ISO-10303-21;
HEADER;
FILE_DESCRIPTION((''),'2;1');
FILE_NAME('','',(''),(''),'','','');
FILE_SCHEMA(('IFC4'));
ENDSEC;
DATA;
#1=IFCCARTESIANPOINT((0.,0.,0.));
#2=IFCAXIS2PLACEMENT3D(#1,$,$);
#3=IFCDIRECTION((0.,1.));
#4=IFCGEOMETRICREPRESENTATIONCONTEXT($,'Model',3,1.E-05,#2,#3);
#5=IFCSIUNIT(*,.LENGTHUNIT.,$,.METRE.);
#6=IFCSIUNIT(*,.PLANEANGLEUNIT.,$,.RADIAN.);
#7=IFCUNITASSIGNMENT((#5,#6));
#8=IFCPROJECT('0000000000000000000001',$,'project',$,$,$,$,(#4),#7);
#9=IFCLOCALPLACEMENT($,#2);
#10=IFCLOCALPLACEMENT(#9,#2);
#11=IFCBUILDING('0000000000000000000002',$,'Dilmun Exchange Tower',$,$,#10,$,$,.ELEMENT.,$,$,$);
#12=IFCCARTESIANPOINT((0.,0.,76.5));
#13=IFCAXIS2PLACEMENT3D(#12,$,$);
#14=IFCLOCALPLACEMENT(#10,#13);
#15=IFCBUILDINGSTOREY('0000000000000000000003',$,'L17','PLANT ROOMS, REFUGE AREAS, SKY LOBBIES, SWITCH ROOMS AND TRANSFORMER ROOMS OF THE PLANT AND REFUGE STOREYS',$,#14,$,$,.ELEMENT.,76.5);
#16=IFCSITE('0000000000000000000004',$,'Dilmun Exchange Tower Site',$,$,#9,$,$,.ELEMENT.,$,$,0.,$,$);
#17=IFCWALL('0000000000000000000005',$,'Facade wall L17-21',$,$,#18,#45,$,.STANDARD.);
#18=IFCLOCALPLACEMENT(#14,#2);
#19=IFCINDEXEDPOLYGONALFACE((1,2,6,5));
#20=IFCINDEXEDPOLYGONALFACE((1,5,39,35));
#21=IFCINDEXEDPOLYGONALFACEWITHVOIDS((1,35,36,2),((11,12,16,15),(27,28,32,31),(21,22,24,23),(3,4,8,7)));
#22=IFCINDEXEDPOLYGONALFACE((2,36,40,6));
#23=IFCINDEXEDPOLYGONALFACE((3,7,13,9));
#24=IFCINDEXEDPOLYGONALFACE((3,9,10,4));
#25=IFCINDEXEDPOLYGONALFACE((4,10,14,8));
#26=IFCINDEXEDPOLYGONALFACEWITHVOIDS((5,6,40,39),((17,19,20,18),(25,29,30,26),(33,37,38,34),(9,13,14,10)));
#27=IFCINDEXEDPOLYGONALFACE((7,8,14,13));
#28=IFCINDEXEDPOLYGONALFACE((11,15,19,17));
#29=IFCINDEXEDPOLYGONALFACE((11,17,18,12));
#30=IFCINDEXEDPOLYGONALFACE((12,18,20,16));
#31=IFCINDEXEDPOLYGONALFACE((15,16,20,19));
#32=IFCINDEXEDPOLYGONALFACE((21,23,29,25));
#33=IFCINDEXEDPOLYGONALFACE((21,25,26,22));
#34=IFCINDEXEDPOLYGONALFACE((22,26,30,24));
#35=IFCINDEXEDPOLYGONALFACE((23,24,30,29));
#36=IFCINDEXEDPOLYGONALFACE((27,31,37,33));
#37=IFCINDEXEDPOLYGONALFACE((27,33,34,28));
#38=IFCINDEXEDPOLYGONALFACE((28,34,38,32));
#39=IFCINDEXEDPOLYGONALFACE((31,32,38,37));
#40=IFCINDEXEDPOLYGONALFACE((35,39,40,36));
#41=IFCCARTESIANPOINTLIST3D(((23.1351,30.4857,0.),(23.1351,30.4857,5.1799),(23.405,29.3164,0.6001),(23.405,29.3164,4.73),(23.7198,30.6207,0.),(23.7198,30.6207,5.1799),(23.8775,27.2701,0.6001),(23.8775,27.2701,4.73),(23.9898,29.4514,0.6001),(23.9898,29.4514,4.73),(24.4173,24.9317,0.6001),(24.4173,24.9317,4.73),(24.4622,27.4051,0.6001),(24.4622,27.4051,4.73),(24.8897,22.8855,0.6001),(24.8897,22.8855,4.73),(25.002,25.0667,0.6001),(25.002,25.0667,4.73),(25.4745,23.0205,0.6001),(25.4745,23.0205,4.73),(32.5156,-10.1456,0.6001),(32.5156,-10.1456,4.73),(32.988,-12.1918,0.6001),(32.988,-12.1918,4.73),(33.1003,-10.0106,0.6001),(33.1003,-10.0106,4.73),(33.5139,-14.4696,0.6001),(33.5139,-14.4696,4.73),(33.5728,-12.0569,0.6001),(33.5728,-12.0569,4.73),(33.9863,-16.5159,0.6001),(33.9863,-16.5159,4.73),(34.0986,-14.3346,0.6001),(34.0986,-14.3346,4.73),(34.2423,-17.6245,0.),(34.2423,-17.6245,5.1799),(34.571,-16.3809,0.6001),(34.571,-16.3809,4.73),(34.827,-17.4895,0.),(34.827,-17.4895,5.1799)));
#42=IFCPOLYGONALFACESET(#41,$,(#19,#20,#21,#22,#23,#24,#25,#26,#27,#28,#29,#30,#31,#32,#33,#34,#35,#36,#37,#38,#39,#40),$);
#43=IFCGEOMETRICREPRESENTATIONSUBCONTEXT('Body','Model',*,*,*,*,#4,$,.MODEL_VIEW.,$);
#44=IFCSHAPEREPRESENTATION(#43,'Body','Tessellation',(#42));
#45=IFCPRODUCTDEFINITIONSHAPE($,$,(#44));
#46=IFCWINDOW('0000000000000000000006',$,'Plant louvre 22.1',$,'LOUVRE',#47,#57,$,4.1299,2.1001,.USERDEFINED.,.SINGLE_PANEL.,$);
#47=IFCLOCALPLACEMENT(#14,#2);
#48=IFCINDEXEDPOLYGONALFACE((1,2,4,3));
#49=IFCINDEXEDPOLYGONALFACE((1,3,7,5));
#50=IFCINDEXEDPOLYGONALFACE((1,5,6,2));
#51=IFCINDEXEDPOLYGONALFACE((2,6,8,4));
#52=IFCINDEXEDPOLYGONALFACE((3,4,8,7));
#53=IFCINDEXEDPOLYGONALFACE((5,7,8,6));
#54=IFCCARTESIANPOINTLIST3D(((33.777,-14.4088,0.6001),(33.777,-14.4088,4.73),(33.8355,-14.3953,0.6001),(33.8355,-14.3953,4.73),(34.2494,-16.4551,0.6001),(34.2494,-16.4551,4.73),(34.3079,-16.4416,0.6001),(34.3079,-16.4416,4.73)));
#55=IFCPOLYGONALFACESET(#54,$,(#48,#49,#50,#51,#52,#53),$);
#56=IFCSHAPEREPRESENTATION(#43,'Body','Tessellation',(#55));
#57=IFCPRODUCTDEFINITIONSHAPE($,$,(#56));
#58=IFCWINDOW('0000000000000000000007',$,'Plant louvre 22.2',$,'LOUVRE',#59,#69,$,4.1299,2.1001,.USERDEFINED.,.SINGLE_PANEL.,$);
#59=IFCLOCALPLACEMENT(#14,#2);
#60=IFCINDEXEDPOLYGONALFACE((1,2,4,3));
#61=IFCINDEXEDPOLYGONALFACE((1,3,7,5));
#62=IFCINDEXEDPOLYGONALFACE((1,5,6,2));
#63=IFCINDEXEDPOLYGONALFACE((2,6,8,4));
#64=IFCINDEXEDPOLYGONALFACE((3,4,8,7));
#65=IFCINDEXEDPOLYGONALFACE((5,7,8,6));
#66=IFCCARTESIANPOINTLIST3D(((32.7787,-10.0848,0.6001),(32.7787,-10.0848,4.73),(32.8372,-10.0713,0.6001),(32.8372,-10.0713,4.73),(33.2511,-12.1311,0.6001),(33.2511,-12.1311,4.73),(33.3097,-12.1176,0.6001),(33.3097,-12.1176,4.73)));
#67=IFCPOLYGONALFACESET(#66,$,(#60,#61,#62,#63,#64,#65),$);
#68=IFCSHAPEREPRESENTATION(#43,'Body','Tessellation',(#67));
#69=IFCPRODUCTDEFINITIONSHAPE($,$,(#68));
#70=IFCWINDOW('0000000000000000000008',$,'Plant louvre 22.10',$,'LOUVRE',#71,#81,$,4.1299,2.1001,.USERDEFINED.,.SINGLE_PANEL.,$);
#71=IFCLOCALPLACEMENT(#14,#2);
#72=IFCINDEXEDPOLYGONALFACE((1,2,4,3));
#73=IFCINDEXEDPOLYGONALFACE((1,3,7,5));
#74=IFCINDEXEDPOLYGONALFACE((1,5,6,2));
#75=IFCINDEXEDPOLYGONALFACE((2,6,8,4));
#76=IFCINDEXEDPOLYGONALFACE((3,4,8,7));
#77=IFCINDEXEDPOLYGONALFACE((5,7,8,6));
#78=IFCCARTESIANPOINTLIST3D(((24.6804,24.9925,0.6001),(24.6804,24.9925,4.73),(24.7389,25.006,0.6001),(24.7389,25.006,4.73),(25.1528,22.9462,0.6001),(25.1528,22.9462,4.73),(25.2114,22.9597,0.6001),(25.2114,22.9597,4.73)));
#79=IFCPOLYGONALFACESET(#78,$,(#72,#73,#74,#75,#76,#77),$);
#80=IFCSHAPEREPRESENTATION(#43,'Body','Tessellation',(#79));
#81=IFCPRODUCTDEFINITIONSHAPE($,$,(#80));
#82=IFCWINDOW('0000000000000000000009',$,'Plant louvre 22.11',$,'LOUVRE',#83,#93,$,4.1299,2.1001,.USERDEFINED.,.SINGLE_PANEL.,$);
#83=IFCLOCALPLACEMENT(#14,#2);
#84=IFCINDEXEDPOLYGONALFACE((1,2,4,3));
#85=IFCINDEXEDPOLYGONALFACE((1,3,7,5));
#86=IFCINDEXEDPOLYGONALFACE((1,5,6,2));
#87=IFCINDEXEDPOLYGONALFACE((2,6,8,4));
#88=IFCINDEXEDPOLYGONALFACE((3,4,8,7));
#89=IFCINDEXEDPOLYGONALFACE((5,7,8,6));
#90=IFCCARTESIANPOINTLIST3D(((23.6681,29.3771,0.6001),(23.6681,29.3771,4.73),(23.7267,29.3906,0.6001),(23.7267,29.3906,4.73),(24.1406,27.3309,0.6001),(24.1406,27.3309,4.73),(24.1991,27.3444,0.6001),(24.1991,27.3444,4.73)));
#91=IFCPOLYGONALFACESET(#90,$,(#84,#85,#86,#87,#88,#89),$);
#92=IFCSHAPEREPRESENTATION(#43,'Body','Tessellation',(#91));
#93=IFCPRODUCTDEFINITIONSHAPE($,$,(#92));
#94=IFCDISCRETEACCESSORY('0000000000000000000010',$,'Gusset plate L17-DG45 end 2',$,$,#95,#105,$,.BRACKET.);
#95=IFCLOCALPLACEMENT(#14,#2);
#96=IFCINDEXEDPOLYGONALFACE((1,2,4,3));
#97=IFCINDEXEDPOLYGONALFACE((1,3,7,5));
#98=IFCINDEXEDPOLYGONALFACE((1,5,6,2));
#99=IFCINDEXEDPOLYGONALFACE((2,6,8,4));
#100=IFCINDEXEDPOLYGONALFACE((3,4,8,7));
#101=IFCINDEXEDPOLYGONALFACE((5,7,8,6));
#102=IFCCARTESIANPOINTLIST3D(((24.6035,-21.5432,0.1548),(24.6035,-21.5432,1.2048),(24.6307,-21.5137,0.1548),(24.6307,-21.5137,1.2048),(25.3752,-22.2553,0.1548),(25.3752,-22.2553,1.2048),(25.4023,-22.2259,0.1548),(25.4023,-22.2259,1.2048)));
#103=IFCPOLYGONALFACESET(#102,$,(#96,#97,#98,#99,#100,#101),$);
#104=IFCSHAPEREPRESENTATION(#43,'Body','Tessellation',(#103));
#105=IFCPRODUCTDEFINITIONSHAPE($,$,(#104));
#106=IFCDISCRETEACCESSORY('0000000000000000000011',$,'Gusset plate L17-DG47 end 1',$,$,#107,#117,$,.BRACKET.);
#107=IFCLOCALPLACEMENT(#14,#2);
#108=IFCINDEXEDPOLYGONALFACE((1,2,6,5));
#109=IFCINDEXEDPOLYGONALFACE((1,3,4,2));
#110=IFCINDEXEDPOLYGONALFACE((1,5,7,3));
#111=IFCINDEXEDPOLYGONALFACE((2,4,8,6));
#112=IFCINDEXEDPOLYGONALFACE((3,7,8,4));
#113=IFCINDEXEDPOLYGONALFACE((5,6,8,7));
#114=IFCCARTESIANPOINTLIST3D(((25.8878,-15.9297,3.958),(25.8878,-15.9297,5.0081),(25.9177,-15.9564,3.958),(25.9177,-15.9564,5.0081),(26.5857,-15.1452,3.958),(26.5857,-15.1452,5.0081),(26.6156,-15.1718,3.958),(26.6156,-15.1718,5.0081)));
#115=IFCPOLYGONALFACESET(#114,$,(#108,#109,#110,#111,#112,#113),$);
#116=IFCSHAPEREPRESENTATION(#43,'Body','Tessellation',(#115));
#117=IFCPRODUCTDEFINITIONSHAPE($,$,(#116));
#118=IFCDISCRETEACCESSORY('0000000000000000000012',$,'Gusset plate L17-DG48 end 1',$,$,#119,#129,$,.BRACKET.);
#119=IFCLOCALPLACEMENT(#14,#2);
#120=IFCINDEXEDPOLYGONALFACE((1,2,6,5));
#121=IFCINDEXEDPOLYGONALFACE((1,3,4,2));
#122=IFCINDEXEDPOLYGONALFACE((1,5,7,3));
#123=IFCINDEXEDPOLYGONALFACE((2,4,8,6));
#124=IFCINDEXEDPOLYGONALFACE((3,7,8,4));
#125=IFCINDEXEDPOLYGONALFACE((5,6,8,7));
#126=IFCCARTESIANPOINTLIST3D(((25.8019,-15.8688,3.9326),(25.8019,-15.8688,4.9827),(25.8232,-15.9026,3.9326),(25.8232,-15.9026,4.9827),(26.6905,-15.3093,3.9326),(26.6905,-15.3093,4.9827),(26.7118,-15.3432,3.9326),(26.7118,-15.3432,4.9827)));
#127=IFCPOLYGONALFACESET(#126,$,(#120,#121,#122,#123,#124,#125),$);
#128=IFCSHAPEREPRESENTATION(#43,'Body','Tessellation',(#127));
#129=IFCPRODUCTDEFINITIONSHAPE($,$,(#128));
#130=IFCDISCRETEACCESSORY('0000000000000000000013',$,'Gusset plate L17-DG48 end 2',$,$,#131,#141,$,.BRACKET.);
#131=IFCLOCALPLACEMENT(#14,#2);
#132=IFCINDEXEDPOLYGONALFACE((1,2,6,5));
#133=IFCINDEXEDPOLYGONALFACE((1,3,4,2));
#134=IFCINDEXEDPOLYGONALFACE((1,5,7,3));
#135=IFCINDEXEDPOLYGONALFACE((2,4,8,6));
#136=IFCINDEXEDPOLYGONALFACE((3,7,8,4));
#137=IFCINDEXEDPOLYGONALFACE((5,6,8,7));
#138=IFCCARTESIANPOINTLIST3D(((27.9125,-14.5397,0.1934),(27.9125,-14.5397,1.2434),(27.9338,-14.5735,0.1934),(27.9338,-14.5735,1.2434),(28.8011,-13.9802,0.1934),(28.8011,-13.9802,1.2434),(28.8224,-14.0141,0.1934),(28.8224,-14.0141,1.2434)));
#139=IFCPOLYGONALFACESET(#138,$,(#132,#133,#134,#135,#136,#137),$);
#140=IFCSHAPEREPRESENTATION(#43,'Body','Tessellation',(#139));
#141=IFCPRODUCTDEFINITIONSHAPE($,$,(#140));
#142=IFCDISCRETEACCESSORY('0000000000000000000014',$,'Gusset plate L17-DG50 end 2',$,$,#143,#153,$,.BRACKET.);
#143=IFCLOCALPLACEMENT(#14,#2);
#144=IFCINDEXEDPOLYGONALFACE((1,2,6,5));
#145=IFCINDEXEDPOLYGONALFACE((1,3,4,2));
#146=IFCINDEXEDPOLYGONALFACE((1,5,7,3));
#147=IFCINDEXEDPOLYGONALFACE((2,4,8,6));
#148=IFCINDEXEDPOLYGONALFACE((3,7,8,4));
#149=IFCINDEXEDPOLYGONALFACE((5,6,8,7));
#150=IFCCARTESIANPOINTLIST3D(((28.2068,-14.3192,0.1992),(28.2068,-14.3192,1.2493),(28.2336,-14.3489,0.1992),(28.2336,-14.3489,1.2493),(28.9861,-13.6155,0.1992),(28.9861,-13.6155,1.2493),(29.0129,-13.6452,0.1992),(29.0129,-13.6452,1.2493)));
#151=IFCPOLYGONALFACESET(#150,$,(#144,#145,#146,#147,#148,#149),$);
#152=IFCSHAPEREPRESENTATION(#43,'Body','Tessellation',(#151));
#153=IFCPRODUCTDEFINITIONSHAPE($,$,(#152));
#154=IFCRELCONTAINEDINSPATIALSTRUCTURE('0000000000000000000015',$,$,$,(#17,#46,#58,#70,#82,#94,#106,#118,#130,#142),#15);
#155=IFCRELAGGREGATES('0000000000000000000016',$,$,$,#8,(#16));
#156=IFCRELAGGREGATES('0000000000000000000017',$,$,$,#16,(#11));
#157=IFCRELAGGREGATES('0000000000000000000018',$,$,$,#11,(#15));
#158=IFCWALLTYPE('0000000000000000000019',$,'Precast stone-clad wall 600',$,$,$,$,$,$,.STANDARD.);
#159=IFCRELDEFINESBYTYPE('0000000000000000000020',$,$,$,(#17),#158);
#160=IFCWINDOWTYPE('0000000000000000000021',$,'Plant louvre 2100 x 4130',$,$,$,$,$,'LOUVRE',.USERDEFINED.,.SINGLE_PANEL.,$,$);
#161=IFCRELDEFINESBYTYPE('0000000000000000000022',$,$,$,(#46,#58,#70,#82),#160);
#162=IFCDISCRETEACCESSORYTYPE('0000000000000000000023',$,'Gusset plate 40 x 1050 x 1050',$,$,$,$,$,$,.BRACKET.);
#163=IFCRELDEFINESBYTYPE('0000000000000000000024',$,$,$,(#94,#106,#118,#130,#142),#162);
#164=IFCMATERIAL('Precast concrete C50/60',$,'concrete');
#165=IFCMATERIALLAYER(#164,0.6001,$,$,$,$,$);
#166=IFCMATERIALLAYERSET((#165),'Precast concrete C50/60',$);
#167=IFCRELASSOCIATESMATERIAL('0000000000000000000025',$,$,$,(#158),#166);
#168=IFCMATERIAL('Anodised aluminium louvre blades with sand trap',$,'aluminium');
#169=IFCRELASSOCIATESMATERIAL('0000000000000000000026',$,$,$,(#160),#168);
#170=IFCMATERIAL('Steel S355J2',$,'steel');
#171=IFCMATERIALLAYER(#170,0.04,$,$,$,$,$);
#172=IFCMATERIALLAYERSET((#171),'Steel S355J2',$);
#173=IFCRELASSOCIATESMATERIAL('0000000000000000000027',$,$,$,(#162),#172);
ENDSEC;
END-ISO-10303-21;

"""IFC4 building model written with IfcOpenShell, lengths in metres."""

from ifc_helpers import new_model, si_unit, direction, frame, frame_2d, origin, origin_2d, place, context, subcontext, project, spatial, rectangle, extrude, material, layer, layer_set, type_object, element, fill, save


model = new_model("IFC4")

# Units and contexts
model_context = context("Model", 3, precision=1e-05, world=origin(), true_north=direction((0.0, 1.0)))
body_context = subcontext(model_context, "Body", "Model", "MODEL_VIEW")
ifc_project = project(units=[si_unit("LENGTHUNIT", "METRE"), si_unit("PLANEANGLEUNIT", "RADIAN")], contexts=[model_context])

# Site, building, storey
site_placement = place(None, origin())
site = spatial("IfcSite", under=ifc_project, at=site_placement, Name="Dilmun Exchange Tower Site", CompositionType="ELEMENT", RefElevation=0.0)
building_placement = place(site_placement, origin())
building = spatial("IfcBuilding", under=site, at=building_placement, Name="Dilmun Exchange Tower", CompositionType="ELEMENT")
storey_placement = place(building_placement, frame((0.0, 0.0, 76.5)))
storey = spatial("IfcBuildingStorey", under=building, at=storey_placement, Name="L17", Description="PLANT ROOMS, REFUGE AREAS, SKY LOBBIES, SWITCH ROOMS AND TRANSFORMER ROOMS OF THE PLANT AND REFUGE STOREYS", CompositionType="ELEMENT", Elevation=76.5)

# Shared definitions
ifc_material_1 = material(Name="Precast concrete C50/60", Category="concrete")
ifc_layer_1 = layer(ifc_material_1, 0.6001)
ifc_layer_set_1 = layer_set([ifc_layer_1], Name="Precast concrete C50/60")
wall_type = type_object("IfcWallType", Name="Precast stone-clad wall 600", PredefinedType="STANDARD", material=ifc_layer_set_1)

# Wall, openings, windows
wall_1_placement = place(storey_placement, frame((34.5347, -17.5571, 0.0), z_axis=(0.0, 0.0, 1.0), x_axis=(-0.224953, 0.97437, 0.0)))
wall_1 = element("IfcWall", 1, at=wall_1_placement, inside=storey, type_object=wall_type, Name="Facade wall L17-21", PredefinedType="STANDARD", context=body_context, shape_type="SweptSolid", body=[
    extrude(rectangle(XDim=49.3757, YDim=0.6001, at=frame_2d((24.688, 0.0))), origin(), (0.0, 0.0, 1.0), 5.1799),
])
opening_1_placement = place(wall_1_placement, frame((1.1379, 0.0, 0.6001)))
opening_1 = element("IfcOpeningElement", 2, at=opening_1_placement, cuts=wall_1, PredefinedType="OPENING", context=body_context, shape_type="SweptSolid", body=[
    extrude(rectangle(XDim=2.1001, YDim=4.1299, at=frame_2d((1.05, 2.0649))), frame((0.0, 0.3101, 0.0), z_axis=(0.0, -1.0, 0.0), x_axis=(1.0, 0.0, 0.0)), (0.0, 0.0, 1.0), 0.6201),
])
opening_2_placement = place(wall_1_placement, frame((5.5757, 0.0, 0.6001)))
opening_2 = element("IfcOpeningElement", 3, at=opening_2_placement, cuts=wall_1, PredefinedType="OPENING", context=body_context, shape_type="SweptSolid", body=[
    extrude(rectangle(XDim=2.1001, YDim=4.1299, at=frame_2d((1.05, 2.0649))), frame((0.0, 0.3101, 0.0), z_axis=(0.0, -1.0, 0.0), x_axis=(1.0, 0.0, 0.0)), (0.0, 0.0, 1.0), 0.6201),
])
opening_3_placement = place(wall_1_placement, frame((41.5757, 0.0, 0.6001)))
opening_3 = element("IfcOpeningElement", 4, at=opening_3_placement, cuts=wall_1, PredefinedType="OPENING", context=body_context, shape_type="SweptSolid", body=[
    extrude(rectangle(XDim=2.1001, YDim=4.1299, at=frame_2d((1.05, 2.0649))), frame((0.0, 0.3101, 0.0), z_axis=(0.0, -1.0, 0.0), x_axis=(1.0, 0.0, 0.0)), (0.0, 0.0, 1.0), 0.6201),
])
opening_4_placement = place(wall_1_placement, frame((46.0757, 0.0, 0.6001)))
opening_4 = element("IfcOpeningElement", 5, at=opening_4_placement, cuts=wall_1, PredefinedType="OPENING", context=body_context, shape_type="SweptSolid", body=[
    extrude(rectangle(XDim=2.1001, YDim=4.1299, at=frame_2d((1.05, 2.0649))), frame((0.0, 0.3101, 0.0), z_axis=(0.0, -1.0, 0.0), x_axis=(1.0, 0.0, 0.0)), (0.0, 0.0, 1.0), 0.6201),
])
ifc_material_2 = material(Name="Anodised aluminium louvre blades with sand trap", Category="aluminium")
window_type = type_object("IfcWindowType", Name="Plant louvre 2100 x 4130", ElementType="LOUVRE", PartitioningType="SINGLE_PANEL", PredefinedType="USERDEFINED", material=ifc_material_2)
window_1_placement = place(opening_1_placement, origin())
window_1 = element("IfcWindow", 6, at=window_1_placement, inside=storey, type_object=window_type, Name="Plant louvre 22.1", ObjectType="LOUVRE", OverallHeight=4.1299, OverallWidth=2.1001, PartitioningType="SINGLE_PANEL", PredefinedType="USERDEFINED", context=body_context, shape_type="SweptSolid", body=[
    extrude(rectangle(XDim=2.1001, YDim=4.1299, at=frame_2d((1.05, 2.0649))), frame((0.0, 0.03, 0.0), z_axis=(0.0, -1.0, 0.0), x_axis=(1.0, 0.0, 0.0)), (0.0, 0.0, 1.0), 0.0601),
])
fill(opening_1, window_1)
window_2_placement = place(opening_2_placement, origin())
window_2 = element("IfcWindow", 7, at=window_2_placement, inside=storey, type_object=window_type, Name="Plant louvre 22.2", ObjectType="LOUVRE", OverallHeight=4.1299, OverallWidth=2.1001, PartitioningType="SINGLE_PANEL", PredefinedType="USERDEFINED", context=body_context, shape_type="SweptSolid", body=[
    extrude(rectangle(XDim=2.1001, YDim=4.1299, at=frame_2d((1.05, 2.0649))), frame((0.0, 0.03, 0.0), z_axis=(0.0, -1.0, 0.0), x_axis=(1.0, 0.0, 0.0)), (0.0, 0.0, 1.0), 0.0601),
])
fill(opening_2, window_2)
window_3_placement = place(opening_3_placement, origin())
window_3 = element("IfcWindow", 8, at=window_3_placement, inside=storey, type_object=window_type, Name="Plant louvre 22.10", ObjectType="LOUVRE", OverallHeight=4.1299, OverallWidth=2.1001, PartitioningType="SINGLE_PANEL", PredefinedType="USERDEFINED", context=body_context, shape_type="SweptSolid", body=[
    extrude(rectangle(XDim=2.1001, YDim=4.1299, at=frame_2d((1.05, 2.0649))), frame((0.0, 0.03, 0.0), z_axis=(0.0, -1.0, 0.0), x_axis=(1.0, 0.0, 0.0)), (0.0, 0.0, 1.0), 0.0601),
])
fill(opening_3, window_3)
window_4_placement = place(opening_4_placement, origin())
window_4 = element("IfcWindow", 9, at=window_4_placement, inside=storey, type_object=window_type, Name="Plant louvre 22.11", ObjectType="LOUVRE", OverallHeight=4.1299, OverallWidth=2.1001, PartitioningType="SINGLE_PANEL", PredefinedType="USERDEFINED", context=body_context, shape_type="SweptSolid", body=[
    extrude(rectangle(XDim=2.1001, YDim=4.1299, at=frame_2d((1.05, 2.0649))), frame((0.0, 0.03, 0.0), z_axis=(0.0, -1.0, 0.0), x_axis=(1.0, 0.0, 0.0)), (0.0, 0.0, 1.0), 0.0601),
])
fill(opening_4, window_4)

# Discrete accessories
ifc_material_3 = material(Name="Steel S355J2", Category="steel")
ifc_layer_2 = layer(ifc_material_3, 0.04)
ifc_layer_set_2 = layer_set([ifc_layer_2], Name="Steel S355J2")
discrete_accessory_type = type_object("IfcDiscreteAccessoryType", Name="Gusset plate 40 x 1050 x 1050", PredefinedType="BRACKET", material=ifc_layer_set_2)
for number, where, z_axis, x_axis, name in (
    (10, (25.0029, -21.8845, 0.1548), (0.0, 0.0, 1.0), (0.734894, -0.678181, 0.0), "Gusset plate L17-DG45 end 2"),
    (11, (26.2517, -15.5508, 3.958), (0.0, 0.0, 1.0), (0.664659, 0.747147, 0.0), "Gusset plate L17-DG47 end 1"),
    (12, (26.2568, -15.606, 3.9326), (0.0, 0.0, 1.0), (0.846237, 0.532807, 0.0), "Gusset plate L17-DG48 end 1"),
    (13, (28.3674, -14.2769, 0.1934), (0.0, 0.0, 1.0), (0.846237, 0.532807, 0.0), "Gusset plate L17-DG48 end 2"),
    (14, (28.6099, -13.9822, 0.1992), (0.0, 0.0, 1.0), (-0.742189, -0.670191, 0.0), "Gusset plate L17-DG50 end 2"),
):
    element("IfcDiscreteAccessory", number, at=place(storey_placement, frame(where, z_axis=z_axis, x_axis=x_axis)), inside=storey, type_object=discrete_accessory_type, Name=name, PredefinedType="BRACKET", context=body_context, shape_type="SweptSolid", body=[
        extrude(rectangle(XDim=1.05, YDim=0.04, at=origin_2d()), origin(), (0.0, 0.0, 1.0), 1.05),
    ])

save(model, "model.ifc")
